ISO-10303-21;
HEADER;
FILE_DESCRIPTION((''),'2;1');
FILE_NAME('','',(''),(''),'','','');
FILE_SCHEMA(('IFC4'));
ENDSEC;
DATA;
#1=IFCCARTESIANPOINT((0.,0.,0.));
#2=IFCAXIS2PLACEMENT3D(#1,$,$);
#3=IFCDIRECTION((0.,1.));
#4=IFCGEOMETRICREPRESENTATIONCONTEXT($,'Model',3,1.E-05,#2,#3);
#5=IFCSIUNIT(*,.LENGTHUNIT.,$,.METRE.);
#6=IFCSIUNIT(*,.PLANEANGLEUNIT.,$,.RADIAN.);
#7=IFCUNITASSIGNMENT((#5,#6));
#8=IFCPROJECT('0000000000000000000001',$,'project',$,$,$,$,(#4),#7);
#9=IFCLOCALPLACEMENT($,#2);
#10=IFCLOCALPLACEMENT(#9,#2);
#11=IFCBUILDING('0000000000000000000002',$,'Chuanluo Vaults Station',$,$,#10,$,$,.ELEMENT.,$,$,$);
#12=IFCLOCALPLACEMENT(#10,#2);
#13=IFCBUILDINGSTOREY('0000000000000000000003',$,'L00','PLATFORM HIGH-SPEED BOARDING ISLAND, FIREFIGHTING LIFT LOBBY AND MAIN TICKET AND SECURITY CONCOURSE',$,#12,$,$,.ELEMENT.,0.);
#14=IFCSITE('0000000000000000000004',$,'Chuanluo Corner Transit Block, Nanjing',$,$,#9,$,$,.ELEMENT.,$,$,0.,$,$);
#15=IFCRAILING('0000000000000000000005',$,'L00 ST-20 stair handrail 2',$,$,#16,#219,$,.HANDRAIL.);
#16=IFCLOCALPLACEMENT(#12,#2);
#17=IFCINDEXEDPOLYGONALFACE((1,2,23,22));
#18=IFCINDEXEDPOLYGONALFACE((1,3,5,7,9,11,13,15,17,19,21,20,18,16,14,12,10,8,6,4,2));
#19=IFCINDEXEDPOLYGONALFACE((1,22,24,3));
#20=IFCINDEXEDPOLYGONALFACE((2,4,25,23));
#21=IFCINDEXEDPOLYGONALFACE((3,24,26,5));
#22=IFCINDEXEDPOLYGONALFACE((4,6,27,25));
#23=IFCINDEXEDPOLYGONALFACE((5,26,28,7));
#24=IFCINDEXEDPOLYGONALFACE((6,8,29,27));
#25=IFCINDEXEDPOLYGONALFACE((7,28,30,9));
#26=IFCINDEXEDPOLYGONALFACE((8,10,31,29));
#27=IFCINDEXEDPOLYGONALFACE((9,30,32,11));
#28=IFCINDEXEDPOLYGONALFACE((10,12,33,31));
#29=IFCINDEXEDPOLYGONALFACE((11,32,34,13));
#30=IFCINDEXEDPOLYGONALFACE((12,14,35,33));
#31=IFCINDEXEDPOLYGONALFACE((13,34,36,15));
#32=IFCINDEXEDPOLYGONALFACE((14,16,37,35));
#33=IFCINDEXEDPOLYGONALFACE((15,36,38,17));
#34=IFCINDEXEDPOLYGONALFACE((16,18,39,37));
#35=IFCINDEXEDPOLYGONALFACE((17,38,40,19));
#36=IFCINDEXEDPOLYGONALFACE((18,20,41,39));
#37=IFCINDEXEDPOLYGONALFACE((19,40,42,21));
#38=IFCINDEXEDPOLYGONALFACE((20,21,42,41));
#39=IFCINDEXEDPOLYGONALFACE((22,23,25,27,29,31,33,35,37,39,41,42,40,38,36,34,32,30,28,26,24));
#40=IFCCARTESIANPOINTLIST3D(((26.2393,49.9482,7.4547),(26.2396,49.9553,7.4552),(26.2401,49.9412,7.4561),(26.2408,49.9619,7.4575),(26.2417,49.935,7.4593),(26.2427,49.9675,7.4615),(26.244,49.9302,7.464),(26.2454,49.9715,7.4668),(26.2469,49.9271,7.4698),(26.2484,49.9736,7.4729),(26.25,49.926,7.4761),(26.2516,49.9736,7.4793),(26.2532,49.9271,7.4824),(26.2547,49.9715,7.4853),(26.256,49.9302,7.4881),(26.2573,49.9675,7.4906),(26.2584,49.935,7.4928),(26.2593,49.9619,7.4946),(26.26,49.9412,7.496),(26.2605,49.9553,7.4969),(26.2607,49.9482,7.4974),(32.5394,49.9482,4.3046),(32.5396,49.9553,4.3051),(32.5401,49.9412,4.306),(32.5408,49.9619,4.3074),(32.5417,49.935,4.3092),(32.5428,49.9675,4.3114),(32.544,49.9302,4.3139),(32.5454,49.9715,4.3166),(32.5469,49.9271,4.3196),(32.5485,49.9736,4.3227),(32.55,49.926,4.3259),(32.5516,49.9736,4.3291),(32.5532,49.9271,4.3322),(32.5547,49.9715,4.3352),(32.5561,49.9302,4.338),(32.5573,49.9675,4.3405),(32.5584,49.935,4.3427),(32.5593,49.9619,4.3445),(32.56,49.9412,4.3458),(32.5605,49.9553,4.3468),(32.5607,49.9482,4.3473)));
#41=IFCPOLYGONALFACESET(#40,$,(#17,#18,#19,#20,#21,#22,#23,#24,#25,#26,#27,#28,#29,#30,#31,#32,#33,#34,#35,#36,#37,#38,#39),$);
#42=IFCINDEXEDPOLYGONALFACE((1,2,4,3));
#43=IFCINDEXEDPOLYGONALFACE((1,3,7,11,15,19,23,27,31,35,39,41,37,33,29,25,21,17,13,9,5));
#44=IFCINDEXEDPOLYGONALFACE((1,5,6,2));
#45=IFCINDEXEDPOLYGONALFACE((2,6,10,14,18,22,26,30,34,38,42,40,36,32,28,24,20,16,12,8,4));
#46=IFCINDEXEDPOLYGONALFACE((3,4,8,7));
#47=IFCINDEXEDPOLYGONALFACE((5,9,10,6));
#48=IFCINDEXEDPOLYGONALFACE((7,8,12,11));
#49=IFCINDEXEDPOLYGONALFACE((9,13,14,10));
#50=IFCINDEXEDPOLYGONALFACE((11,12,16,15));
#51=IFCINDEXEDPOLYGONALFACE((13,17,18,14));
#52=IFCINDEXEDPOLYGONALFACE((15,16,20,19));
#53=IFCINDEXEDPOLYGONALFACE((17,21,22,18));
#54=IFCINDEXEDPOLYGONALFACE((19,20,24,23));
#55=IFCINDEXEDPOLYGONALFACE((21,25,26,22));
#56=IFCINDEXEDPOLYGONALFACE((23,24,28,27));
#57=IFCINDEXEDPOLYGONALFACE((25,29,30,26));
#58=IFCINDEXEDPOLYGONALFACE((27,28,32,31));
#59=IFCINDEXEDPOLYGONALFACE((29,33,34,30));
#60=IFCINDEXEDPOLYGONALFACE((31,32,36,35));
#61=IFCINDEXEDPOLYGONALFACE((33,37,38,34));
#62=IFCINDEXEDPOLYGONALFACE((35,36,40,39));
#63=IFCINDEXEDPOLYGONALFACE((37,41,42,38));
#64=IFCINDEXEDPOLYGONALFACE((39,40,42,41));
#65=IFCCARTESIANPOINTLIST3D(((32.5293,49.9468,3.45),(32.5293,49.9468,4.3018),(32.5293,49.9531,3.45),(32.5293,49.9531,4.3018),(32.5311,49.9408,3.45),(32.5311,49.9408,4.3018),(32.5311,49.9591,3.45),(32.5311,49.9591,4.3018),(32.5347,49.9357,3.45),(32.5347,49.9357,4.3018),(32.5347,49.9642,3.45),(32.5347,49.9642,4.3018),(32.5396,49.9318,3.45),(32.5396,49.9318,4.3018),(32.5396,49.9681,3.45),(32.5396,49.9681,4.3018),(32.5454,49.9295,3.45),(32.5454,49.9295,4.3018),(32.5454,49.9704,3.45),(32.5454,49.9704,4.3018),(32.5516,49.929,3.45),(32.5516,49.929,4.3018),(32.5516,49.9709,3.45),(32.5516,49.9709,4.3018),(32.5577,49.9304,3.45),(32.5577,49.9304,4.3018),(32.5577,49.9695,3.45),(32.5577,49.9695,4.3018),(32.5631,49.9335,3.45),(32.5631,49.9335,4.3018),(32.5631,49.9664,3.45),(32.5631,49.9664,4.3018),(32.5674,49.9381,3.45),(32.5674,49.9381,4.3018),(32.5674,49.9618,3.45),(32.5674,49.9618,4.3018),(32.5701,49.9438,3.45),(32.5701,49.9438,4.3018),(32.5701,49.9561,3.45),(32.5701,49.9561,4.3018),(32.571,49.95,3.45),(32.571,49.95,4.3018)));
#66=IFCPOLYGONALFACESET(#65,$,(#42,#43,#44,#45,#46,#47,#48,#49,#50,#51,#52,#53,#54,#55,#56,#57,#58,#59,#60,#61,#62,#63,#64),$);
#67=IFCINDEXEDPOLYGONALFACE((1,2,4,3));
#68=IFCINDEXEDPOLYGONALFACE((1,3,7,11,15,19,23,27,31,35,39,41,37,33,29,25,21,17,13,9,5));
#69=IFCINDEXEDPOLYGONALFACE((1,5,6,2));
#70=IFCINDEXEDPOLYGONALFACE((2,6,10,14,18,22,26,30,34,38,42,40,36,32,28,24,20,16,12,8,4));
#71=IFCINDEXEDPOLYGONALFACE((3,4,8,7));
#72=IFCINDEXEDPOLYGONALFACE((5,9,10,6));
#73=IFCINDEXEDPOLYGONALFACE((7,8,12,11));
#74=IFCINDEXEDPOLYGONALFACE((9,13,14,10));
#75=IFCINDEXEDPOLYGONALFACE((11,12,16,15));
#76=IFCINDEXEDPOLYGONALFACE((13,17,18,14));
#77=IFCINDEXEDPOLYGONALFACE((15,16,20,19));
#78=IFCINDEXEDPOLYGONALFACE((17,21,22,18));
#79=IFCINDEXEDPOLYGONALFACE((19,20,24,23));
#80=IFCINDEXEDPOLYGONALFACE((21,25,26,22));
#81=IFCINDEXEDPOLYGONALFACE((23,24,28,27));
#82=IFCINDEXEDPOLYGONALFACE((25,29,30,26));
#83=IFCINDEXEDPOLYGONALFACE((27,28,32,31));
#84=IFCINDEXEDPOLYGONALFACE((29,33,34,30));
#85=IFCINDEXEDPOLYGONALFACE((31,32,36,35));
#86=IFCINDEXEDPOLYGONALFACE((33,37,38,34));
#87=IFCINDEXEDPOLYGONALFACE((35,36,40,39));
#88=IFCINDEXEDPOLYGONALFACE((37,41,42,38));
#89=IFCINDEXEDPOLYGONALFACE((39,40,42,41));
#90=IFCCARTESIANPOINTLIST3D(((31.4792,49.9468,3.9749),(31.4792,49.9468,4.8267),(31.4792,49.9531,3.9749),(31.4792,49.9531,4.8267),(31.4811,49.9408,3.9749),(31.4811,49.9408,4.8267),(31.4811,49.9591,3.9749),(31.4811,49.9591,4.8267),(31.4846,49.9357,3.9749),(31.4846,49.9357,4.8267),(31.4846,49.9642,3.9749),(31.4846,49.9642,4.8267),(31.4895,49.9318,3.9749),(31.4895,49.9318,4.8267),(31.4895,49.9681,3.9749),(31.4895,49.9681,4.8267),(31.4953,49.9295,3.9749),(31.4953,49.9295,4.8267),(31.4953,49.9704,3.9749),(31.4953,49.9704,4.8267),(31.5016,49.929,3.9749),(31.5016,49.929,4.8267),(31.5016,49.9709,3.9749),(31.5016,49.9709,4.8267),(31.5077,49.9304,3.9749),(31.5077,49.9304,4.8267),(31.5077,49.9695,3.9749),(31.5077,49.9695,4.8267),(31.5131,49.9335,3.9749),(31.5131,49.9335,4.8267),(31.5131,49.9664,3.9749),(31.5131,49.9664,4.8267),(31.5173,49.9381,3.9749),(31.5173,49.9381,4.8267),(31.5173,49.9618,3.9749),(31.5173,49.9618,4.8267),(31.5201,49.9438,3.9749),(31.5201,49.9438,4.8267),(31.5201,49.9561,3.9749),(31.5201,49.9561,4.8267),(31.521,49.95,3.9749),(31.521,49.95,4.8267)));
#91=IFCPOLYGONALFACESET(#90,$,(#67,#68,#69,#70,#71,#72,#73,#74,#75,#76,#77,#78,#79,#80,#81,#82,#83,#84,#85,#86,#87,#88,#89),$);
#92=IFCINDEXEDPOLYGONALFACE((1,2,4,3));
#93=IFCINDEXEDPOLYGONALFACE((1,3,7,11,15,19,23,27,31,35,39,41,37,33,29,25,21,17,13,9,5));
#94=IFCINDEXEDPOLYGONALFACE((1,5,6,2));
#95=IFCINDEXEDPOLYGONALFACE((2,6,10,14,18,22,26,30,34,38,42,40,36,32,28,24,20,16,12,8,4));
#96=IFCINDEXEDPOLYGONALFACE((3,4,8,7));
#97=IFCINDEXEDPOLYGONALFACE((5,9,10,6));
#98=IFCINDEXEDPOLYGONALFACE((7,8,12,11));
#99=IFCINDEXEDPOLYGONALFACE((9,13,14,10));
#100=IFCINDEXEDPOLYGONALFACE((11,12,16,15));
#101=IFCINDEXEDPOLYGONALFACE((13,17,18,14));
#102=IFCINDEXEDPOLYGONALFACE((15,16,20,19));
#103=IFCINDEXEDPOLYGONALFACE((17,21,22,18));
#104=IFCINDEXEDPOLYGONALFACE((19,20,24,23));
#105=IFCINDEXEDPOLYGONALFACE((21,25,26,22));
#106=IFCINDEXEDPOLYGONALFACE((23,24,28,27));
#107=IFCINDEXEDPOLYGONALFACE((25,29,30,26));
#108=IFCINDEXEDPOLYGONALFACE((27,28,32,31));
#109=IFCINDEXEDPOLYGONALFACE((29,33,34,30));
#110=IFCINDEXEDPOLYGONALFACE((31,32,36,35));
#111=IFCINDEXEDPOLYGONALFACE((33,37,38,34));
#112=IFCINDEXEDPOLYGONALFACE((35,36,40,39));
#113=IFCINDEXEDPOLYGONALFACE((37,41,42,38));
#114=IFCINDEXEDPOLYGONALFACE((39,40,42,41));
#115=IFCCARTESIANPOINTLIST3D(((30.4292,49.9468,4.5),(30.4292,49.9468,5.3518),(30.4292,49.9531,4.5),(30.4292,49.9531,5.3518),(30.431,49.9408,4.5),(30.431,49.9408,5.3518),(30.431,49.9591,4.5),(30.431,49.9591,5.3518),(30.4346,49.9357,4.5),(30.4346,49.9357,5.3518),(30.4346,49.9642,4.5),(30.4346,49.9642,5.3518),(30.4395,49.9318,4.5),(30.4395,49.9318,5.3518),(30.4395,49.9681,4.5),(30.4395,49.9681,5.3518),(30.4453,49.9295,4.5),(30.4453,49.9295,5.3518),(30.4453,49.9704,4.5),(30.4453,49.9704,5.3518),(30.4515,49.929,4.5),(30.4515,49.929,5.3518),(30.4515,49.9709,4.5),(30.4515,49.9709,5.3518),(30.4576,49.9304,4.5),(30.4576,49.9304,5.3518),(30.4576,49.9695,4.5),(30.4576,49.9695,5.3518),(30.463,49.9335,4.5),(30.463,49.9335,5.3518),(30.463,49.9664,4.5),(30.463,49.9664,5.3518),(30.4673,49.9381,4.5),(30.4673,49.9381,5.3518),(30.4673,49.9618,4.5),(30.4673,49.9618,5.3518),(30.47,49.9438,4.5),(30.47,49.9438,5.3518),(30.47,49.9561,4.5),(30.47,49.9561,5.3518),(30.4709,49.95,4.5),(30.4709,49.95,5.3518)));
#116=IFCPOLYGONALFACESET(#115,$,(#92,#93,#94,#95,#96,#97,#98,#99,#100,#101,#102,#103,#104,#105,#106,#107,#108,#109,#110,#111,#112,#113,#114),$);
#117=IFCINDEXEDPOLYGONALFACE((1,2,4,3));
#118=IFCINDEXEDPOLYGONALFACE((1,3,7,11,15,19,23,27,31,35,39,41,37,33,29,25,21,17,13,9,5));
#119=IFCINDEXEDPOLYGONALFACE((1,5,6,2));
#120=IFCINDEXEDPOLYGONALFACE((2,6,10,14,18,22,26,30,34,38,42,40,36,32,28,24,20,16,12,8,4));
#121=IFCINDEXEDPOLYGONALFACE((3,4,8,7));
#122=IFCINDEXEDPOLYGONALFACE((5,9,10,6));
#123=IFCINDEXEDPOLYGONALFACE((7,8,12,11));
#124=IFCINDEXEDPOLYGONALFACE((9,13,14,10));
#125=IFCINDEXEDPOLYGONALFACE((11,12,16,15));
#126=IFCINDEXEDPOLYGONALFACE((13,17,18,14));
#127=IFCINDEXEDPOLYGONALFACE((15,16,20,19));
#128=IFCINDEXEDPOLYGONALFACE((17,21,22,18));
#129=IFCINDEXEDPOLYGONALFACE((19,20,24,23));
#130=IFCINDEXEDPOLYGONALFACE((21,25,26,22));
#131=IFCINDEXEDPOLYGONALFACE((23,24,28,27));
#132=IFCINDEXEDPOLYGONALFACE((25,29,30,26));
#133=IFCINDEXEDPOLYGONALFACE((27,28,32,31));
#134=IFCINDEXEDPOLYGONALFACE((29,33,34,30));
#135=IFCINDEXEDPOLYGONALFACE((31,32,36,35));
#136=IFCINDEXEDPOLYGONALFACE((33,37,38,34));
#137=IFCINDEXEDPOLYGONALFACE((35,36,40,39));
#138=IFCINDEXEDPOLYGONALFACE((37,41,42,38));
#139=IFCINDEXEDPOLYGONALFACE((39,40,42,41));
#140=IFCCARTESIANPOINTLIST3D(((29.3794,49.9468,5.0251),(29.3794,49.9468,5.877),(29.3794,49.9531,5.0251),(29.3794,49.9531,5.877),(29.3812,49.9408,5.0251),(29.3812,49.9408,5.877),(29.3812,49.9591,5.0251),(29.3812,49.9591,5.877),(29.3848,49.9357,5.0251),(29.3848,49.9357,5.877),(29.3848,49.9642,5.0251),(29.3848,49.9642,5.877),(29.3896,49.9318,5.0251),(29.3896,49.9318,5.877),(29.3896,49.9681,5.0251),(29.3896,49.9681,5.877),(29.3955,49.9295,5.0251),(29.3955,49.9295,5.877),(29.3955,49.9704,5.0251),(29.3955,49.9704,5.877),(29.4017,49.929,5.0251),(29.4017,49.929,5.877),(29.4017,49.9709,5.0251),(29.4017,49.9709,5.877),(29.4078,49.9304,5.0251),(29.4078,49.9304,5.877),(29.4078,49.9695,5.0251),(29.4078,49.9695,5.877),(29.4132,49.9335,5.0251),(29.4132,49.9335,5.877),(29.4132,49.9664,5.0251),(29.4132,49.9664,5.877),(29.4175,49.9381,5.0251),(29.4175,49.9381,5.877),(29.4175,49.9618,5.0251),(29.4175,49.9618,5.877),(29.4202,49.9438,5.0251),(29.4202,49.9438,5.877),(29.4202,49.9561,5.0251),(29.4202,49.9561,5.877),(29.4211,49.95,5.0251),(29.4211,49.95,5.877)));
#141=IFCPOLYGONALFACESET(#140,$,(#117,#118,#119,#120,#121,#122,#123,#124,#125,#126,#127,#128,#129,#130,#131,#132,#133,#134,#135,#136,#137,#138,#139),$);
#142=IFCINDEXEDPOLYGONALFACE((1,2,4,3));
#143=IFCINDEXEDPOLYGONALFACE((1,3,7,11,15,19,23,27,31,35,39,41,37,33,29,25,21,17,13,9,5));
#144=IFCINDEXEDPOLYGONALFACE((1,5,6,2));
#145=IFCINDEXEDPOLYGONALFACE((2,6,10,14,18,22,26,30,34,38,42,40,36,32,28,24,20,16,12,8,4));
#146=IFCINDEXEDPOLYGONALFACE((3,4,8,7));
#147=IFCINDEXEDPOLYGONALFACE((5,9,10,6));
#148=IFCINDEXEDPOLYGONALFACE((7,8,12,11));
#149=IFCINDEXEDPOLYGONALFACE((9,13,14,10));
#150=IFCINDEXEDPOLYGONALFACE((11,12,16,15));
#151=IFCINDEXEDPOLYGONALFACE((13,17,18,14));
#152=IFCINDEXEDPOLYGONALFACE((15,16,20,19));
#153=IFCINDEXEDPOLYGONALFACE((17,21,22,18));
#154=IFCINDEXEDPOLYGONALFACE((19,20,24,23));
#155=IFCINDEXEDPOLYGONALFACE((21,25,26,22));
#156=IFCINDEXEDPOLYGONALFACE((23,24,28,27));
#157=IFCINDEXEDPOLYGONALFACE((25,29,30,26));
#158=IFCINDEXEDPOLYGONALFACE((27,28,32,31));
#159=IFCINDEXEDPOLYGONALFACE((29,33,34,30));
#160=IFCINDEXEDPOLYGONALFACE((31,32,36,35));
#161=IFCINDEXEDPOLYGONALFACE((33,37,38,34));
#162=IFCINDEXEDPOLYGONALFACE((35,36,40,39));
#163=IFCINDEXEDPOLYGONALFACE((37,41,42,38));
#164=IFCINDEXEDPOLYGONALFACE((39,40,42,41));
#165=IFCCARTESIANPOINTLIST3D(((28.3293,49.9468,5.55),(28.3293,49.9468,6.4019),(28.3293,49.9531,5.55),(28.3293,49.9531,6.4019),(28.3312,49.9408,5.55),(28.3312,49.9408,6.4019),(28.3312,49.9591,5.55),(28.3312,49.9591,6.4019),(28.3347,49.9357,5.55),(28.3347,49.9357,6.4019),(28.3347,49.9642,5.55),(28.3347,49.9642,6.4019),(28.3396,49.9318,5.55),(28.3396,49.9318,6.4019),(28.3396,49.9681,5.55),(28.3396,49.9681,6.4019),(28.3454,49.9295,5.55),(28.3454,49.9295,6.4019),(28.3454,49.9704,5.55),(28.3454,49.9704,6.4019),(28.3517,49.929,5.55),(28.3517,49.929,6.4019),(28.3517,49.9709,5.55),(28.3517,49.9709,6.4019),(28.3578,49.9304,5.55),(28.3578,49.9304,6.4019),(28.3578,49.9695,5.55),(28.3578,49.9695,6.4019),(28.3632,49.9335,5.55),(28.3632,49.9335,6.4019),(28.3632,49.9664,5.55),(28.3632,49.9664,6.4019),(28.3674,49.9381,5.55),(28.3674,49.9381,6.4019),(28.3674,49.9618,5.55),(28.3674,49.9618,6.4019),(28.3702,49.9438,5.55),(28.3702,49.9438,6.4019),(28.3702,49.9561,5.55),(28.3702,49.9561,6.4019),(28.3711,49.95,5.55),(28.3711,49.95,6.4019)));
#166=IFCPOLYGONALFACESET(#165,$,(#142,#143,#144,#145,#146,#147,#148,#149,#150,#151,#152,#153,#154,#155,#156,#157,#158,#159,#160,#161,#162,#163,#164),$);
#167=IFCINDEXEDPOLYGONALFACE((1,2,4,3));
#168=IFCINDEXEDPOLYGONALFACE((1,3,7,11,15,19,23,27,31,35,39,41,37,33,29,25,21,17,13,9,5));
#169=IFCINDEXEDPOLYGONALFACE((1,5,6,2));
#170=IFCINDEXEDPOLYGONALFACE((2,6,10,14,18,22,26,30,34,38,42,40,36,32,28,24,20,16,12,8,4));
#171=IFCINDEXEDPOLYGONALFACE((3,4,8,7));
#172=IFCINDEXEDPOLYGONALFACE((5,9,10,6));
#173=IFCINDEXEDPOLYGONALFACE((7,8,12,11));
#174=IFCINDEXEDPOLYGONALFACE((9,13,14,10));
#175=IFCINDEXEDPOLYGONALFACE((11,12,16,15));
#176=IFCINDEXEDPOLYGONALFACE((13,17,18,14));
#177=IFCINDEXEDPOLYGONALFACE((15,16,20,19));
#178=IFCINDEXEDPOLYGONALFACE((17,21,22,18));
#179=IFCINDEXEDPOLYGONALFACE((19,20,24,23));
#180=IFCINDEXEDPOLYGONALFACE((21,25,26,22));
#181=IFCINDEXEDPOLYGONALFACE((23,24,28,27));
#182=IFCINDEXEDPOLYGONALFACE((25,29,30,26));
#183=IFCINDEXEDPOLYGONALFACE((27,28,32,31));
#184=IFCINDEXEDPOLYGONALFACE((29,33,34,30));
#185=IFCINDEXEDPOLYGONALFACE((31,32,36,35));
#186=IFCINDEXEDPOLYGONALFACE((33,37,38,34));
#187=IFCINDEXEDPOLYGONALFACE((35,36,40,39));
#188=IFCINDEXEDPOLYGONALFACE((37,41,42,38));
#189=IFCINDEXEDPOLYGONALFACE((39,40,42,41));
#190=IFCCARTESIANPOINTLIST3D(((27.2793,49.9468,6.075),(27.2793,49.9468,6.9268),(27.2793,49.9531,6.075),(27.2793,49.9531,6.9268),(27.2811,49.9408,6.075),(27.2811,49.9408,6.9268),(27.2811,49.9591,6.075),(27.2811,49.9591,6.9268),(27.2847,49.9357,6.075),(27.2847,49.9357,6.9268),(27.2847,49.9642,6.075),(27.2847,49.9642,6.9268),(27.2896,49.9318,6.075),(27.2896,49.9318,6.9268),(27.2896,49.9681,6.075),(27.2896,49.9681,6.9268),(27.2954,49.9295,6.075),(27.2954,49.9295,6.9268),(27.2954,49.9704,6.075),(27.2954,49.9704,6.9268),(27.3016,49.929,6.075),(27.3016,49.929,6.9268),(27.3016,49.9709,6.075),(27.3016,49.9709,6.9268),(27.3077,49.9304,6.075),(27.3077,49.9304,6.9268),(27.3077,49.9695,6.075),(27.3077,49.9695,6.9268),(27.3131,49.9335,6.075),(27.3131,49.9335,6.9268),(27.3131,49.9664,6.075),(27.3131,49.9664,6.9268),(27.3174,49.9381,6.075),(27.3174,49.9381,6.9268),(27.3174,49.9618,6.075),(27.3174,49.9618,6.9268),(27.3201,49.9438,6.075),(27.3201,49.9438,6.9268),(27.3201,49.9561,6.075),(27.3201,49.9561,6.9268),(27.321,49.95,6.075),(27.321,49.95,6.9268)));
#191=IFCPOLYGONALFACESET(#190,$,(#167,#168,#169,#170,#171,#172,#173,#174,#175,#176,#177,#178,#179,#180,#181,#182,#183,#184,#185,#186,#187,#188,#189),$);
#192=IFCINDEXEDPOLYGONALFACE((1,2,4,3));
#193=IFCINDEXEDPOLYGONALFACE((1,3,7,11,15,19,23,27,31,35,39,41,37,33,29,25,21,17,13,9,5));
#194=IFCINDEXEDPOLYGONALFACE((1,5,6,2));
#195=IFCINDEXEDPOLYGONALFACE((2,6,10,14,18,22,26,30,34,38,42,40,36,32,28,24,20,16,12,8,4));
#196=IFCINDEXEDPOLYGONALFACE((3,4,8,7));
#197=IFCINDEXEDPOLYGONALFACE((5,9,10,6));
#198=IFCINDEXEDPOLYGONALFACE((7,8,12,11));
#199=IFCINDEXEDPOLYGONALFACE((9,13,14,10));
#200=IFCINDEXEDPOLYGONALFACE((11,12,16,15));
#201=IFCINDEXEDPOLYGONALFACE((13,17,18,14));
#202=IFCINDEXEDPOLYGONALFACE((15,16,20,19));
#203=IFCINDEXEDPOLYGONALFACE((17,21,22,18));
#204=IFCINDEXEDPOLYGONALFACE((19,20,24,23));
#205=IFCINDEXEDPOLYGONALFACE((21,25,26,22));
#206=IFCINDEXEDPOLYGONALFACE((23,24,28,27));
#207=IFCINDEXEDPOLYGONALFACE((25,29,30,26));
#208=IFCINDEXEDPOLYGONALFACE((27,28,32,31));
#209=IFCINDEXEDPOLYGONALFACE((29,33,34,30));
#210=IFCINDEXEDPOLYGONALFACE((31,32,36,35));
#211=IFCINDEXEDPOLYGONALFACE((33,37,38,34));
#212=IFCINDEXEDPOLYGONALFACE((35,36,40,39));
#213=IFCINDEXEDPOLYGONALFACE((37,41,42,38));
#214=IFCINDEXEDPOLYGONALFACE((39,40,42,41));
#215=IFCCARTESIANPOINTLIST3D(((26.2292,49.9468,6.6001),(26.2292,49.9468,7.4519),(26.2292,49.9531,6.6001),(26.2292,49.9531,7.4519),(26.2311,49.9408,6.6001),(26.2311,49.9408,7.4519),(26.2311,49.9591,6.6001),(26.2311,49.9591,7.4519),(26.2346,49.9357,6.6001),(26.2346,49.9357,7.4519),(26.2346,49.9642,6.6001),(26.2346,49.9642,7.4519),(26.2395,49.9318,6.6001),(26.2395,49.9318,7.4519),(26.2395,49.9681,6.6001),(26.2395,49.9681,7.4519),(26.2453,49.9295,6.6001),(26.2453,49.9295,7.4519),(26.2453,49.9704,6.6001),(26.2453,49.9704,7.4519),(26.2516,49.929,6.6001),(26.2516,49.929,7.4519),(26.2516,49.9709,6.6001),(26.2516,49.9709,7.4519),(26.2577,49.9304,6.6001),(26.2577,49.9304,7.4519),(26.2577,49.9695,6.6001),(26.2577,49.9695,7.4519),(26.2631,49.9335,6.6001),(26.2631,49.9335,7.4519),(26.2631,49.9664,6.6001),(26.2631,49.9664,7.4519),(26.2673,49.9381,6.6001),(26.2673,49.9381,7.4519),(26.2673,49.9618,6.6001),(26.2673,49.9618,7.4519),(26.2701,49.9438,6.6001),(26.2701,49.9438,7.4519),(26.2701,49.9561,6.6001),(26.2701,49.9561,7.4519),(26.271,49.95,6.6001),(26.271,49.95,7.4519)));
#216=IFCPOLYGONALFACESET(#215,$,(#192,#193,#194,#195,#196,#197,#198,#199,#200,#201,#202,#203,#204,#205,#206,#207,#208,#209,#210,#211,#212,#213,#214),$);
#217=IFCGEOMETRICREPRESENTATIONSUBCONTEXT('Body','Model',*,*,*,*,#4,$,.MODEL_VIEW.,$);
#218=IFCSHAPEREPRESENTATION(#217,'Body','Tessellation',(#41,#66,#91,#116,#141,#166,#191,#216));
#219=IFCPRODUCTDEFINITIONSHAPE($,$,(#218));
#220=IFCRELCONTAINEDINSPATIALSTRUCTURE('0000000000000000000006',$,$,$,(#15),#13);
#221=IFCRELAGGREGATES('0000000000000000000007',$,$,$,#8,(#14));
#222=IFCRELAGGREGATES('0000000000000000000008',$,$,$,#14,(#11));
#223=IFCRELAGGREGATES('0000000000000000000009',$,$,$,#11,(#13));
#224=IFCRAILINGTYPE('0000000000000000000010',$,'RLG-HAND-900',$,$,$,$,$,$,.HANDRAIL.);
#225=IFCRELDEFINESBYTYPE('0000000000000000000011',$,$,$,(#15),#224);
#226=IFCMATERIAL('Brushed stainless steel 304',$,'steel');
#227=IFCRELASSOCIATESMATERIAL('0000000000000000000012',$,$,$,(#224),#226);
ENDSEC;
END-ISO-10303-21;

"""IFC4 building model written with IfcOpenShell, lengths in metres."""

from ifc_helpers import new_model, si_unit, direction, frame, origin, origin_2d, place, context, subcontext, project, spatial, circle, extrude, material, type_object, element, save


model = new_model("IFC4")

# Units and contexts
model_context = context("Model", 3, precision=1e-05, world=origin(), true_north=direction((0.0, 1.0)))
body_context = subcontext(model_context, "Body", "Model", "MODEL_VIEW")
ifc_project = project(units=[si_unit("LENGTHUNIT", "METRE"), si_unit("PLANEANGLEUNIT", "RADIAN")], contexts=[model_context])

# Site, building, storey
site_placement = place(None, origin())
site = spatial("IfcSite", under=ifc_project, at=site_placement, Name="Chuanluo Corner Transit Block, Nanjing", CompositionType="ELEMENT", RefElevation=0.0)
building_placement = place(site_placement, origin())
building = spatial("IfcBuilding", under=site, at=building_placement, Name="Chuanluo Vaults Station", CompositionType="ELEMENT")
storey_placement = place(building_placement, origin())
storey = spatial("IfcBuildingStorey", under=building, at=storey_placement, Name="L00", Description="PLATFORM HIGH-SPEED BOARDING ISLAND, FIREFIGHTING LIFT LOBBY AND MAIN TICKET AND SECURITY CONCOURSE", CompositionType="ELEMENT", Elevation=0.0)

# Railing
ifc_material_1 = material(Name="Brushed stainless steel 304", Category="steel")
railing_type_1 = type_object("IfcRailingType", Name="RLG-HAND-900", PredefinedType="HANDRAIL", material=ifc_material_1)
railing_1_placement = place(storey_placement, frame((32.55, 49.95, 3.45)))
element("IfcRailing", 1, at=railing_1_placement, inside=storey, type_object=railing_type_1, Name="L00 ST-20 stair handrail 2", PredefinedType="HANDRAIL", context=body_context, shape_type="SweptSolid", body=[
    extrude(circle(Radius=0.0239, at=origin_2d()), frame((0.0, 0.0, 0.876), z_axis=(-0.89442, 0.0, 0.447227), x_axis=(0.0, -1.0, 0.0)), (0.0, 0.0, 1.0), 7.0437),
    extrude(circle(Radius=0.021, at=origin_2d()), origin(), (0.0, 0.0, 1.0), 0.8518),
    extrude(circle(Radius=0.021, at=origin_2d()), frame((-1.05, 0.0, 0.5249)), (0.0, 0.0, 1.0), 0.8518),
    extrude(circle(Radius=0.021, at=origin_2d()), frame((-2.1001, 0.0, 1.05)), (0.0, 0.0, 1.0), 0.8518),
    extrude(circle(Radius=0.021, at=origin_2d()), frame((-3.1499, 0.0, 1.5752)), (0.0, 0.0, 1.0), 0.8518),
    extrude(circle(Radius=0.021, at=origin_2d()), frame((-4.2, 0.0, 2.1001)), (0.0, 0.0, 1.0), 0.8518),
    extrude(circle(Radius=0.021, at=origin_2d()), frame((-5.25, 0.0, 2.625)), (0.0, 0.0, 1.0), 0.8518),
    extrude(circle(Radius=0.021, at=origin_2d()), frame((-6.3, 0.0, 3.1501)), (0.0, 0.0, 1.0), 0.8518),
])

save(model, "model.ifc")
